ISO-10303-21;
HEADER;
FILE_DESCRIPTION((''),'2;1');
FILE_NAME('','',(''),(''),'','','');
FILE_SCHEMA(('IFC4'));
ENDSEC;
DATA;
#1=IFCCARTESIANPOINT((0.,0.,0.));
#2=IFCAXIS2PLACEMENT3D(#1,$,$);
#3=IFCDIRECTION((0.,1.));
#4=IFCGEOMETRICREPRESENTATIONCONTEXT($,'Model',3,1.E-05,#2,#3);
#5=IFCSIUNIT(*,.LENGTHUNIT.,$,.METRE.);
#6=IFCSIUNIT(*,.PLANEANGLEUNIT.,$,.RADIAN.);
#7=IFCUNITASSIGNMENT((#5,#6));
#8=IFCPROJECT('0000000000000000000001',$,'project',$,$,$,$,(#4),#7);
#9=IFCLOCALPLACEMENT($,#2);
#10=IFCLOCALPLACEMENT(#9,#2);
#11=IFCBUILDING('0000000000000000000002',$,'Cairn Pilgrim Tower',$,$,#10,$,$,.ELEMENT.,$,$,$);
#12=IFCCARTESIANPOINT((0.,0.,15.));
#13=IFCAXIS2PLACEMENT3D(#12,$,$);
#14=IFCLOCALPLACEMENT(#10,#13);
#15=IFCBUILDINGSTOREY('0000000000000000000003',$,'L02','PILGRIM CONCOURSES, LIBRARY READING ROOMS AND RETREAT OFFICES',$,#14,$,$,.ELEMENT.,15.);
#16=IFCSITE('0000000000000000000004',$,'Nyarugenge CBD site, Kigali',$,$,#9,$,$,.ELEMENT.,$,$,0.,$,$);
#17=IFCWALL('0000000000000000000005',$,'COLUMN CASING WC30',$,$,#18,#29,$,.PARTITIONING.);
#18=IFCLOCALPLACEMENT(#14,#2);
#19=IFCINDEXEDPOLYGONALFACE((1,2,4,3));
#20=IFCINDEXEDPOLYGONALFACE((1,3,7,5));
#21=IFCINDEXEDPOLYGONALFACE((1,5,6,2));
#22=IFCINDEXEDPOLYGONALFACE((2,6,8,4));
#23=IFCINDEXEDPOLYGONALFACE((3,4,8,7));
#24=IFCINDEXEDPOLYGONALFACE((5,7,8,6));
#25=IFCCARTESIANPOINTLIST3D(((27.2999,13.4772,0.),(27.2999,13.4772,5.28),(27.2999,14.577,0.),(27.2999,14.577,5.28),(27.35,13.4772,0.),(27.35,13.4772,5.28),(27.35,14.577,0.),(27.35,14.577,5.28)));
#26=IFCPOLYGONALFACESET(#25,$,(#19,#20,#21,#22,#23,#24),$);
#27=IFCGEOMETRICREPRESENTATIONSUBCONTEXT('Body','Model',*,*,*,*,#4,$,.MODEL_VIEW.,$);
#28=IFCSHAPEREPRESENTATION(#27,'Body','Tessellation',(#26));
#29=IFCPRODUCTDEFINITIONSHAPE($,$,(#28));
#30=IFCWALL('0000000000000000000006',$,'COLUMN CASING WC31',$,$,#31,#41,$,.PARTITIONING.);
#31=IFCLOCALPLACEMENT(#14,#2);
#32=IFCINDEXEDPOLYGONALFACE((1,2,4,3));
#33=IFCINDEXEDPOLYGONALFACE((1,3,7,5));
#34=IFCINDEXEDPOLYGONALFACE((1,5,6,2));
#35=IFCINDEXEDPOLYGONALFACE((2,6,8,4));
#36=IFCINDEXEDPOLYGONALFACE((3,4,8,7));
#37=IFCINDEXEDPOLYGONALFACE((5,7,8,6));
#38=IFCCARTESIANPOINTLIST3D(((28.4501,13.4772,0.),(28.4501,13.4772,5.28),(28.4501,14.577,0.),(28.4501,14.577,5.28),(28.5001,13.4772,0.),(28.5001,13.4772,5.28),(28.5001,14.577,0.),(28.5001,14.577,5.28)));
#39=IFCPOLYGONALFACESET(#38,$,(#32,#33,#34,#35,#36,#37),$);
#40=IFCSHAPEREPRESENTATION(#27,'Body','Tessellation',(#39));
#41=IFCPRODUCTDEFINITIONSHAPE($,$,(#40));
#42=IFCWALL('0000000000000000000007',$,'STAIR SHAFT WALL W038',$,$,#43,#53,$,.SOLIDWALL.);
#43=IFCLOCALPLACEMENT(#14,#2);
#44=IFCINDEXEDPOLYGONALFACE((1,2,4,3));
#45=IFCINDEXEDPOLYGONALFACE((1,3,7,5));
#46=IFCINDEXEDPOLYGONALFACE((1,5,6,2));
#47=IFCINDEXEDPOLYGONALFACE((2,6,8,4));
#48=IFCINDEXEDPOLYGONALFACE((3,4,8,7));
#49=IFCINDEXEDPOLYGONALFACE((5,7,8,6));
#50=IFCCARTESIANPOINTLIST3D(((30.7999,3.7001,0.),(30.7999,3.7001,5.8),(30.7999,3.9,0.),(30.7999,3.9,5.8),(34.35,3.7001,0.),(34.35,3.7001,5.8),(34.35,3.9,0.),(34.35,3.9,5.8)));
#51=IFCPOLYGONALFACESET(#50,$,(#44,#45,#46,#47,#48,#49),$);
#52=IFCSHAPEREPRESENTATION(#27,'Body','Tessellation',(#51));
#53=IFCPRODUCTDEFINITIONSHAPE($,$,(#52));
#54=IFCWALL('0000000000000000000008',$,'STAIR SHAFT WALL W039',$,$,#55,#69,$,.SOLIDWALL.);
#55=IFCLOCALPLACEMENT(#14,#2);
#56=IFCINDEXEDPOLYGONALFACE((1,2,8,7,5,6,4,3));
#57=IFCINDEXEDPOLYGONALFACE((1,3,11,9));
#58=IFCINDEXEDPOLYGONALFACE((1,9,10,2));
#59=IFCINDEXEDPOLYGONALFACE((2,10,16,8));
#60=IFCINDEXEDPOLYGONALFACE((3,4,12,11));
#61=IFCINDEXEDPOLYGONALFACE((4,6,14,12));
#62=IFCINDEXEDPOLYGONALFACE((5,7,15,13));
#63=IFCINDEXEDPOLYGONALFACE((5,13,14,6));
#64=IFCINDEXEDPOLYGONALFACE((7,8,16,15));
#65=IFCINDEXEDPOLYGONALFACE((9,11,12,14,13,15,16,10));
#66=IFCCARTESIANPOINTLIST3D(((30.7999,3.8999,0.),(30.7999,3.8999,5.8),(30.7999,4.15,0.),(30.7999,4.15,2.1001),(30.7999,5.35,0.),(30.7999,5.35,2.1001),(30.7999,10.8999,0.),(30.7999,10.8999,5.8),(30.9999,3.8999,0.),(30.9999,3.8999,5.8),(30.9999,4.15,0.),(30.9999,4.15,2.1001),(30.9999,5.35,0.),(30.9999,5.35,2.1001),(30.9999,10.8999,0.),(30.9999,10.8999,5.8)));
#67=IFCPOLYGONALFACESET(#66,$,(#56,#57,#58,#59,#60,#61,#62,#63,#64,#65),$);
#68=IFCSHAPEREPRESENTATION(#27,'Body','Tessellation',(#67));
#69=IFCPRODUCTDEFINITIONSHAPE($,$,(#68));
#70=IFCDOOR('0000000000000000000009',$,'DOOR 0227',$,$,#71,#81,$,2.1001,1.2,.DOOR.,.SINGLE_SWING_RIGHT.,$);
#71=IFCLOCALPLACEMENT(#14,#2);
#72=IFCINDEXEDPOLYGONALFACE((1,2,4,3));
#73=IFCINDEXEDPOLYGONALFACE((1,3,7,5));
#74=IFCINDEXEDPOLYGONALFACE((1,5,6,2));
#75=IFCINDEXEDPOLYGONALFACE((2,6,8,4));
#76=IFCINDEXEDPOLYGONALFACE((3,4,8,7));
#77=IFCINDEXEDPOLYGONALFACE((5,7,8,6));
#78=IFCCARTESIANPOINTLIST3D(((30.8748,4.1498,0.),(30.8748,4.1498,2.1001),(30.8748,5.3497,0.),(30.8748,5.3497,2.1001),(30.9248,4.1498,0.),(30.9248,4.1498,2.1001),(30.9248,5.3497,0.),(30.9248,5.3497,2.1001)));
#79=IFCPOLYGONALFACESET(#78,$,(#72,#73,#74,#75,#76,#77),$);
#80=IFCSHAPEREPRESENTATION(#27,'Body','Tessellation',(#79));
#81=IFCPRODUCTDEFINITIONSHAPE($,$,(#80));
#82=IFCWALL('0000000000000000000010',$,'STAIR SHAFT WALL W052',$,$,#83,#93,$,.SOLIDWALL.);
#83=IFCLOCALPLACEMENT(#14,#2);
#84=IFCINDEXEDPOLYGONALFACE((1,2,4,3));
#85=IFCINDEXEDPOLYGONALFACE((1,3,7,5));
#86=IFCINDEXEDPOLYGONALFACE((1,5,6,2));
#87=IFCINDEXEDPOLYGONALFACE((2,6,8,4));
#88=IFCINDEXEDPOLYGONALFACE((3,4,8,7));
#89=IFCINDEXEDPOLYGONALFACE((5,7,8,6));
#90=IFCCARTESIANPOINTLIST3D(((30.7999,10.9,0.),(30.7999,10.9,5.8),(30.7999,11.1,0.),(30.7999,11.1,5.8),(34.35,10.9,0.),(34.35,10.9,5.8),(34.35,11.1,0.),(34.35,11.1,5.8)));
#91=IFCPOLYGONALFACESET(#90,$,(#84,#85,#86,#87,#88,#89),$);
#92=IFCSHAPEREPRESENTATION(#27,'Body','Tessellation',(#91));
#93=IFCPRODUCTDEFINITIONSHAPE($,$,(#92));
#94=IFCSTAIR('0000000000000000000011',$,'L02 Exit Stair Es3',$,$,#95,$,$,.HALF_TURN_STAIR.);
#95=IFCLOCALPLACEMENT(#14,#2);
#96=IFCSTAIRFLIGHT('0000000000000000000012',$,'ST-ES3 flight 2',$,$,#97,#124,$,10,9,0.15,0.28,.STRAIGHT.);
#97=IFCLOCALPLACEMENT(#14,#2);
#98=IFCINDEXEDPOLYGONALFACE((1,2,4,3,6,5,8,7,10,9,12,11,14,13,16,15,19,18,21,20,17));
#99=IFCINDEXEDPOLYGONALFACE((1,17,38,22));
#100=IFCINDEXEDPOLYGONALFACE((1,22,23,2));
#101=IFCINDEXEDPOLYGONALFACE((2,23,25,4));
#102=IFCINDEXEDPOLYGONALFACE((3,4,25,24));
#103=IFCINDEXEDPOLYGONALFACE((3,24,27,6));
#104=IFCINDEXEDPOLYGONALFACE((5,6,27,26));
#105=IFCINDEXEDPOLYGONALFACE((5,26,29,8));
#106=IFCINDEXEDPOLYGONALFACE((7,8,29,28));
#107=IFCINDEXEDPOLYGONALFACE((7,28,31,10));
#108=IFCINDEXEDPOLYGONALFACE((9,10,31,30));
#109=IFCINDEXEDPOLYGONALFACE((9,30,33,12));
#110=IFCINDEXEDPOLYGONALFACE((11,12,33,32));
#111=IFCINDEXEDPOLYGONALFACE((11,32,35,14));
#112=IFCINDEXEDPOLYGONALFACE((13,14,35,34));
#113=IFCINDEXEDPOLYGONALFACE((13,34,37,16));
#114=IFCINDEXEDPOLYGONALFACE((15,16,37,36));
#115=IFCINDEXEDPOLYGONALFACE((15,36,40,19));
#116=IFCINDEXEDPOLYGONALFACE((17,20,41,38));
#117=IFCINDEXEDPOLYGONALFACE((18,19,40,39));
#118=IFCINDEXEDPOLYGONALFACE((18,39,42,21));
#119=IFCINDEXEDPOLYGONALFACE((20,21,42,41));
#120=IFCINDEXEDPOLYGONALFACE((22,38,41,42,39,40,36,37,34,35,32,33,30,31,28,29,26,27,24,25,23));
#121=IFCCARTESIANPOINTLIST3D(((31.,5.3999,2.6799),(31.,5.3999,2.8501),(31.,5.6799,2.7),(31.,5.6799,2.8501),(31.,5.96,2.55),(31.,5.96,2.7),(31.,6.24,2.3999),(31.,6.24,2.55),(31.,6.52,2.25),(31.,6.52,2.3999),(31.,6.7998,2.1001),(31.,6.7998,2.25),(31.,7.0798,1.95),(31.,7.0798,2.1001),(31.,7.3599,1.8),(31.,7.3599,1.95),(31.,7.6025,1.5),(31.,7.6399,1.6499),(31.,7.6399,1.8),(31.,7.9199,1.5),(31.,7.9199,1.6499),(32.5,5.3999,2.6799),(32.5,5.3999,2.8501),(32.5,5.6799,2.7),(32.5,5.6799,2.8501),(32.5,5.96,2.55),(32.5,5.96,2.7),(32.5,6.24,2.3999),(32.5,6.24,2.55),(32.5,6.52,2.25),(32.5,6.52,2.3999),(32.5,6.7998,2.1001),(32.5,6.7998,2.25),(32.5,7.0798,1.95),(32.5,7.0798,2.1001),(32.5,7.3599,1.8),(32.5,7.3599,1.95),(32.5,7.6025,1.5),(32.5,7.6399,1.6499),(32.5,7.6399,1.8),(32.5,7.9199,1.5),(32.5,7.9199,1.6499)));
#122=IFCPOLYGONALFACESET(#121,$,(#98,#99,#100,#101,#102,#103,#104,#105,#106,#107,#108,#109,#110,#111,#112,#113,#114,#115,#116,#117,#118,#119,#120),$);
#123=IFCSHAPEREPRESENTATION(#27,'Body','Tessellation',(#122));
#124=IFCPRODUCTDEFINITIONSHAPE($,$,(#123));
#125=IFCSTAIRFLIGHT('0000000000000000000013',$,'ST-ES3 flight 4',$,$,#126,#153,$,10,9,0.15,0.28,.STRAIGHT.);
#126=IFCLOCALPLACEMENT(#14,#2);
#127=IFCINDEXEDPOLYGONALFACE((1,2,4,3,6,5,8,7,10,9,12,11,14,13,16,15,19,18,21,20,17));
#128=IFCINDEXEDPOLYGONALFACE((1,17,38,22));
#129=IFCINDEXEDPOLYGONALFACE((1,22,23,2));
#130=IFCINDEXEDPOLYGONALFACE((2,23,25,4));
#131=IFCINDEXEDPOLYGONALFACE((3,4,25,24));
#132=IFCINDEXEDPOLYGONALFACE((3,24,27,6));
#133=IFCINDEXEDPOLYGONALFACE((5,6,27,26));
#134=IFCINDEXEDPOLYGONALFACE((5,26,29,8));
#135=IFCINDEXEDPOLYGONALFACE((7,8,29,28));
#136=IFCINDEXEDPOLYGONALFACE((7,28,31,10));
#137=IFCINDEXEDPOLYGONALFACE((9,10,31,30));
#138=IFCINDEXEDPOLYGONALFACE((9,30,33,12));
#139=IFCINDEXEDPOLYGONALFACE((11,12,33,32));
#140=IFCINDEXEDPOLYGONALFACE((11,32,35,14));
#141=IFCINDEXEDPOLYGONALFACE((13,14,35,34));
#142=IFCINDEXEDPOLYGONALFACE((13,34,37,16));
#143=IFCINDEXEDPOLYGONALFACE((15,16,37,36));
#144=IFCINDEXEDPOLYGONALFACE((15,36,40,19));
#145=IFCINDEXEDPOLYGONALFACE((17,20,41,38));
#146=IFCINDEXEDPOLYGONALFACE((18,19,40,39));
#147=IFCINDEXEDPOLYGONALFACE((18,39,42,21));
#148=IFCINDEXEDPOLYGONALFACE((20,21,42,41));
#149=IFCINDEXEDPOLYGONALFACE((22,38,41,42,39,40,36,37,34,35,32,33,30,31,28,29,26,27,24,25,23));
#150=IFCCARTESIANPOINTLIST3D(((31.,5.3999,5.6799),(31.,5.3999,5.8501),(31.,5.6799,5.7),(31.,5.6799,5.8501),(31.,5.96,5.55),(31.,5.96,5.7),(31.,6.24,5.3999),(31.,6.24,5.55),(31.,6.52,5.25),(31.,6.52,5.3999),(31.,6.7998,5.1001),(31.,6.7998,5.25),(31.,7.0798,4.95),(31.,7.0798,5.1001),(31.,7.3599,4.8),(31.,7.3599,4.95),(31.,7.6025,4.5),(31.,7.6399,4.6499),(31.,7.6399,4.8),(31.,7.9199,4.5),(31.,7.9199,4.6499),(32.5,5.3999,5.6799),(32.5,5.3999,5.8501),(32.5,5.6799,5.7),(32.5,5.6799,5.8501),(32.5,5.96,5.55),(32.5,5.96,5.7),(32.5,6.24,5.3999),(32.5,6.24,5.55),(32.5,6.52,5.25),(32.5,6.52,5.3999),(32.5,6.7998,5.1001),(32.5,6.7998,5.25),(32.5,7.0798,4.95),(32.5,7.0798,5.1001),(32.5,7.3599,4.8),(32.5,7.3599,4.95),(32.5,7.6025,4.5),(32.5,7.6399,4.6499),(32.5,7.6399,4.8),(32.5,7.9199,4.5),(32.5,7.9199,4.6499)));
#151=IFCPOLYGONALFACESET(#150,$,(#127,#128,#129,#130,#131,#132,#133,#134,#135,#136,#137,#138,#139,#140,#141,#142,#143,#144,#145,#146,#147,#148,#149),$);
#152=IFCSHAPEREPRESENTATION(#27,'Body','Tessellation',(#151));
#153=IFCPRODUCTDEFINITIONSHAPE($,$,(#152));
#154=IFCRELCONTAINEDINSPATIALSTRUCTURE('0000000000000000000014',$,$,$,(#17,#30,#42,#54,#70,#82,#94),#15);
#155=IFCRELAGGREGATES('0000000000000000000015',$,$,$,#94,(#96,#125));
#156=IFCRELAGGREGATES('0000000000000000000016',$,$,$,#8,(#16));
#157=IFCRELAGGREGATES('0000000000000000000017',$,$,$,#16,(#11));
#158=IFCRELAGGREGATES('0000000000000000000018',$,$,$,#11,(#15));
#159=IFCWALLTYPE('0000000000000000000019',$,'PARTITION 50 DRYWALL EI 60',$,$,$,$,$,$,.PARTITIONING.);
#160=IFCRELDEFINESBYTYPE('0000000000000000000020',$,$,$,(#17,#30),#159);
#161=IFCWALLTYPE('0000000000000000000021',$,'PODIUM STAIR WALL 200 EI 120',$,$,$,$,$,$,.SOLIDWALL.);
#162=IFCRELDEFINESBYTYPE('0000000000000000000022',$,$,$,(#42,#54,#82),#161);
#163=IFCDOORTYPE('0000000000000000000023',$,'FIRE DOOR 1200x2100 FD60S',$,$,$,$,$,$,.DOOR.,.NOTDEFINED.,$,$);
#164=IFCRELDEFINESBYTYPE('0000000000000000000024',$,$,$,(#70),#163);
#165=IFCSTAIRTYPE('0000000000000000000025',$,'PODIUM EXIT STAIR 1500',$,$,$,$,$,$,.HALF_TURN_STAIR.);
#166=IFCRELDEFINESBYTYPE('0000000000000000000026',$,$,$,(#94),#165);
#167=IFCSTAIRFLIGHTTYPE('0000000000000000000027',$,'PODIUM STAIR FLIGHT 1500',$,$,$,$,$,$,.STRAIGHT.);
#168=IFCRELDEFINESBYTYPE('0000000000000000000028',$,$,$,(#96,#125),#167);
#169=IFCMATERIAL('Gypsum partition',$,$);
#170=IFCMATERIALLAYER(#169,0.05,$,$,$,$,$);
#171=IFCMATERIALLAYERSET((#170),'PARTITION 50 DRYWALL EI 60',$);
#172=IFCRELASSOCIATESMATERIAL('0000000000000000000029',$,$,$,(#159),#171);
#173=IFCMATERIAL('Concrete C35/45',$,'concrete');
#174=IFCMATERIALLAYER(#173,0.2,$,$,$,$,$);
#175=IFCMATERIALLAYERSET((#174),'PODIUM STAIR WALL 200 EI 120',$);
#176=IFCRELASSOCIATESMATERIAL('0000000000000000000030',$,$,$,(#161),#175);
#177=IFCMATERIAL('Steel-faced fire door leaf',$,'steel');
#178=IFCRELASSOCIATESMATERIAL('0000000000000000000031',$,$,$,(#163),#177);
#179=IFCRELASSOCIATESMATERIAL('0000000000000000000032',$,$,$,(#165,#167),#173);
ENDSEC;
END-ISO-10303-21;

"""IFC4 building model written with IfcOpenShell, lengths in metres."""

from ifc_helpers import new_model, si_unit, direction, frame, frame_2d, origin, place, context, subcontext, project, spatial, polyline, rectangle, outline, extrude, material, layer, layer_set, type_object, element, fill, aggregate, save


model = new_model("IFC4")

# Units and contexts
model_context = context("Model", 3, precision=1e-05, world=origin(), true_north=direction((0.0, 1.0)))
body_context = subcontext(model_context, "Body", "Model", "MODEL_VIEW")
ifc_project = project(units=[si_unit("LENGTHUNIT", "METRE"), si_unit("PLANEANGLEUNIT", "RADIAN")], contexts=[model_context])

# Site, building, storey
site_placement = place(None, origin())
site = spatial("IfcSite", under=ifc_project, at=site_placement, Name="Nyarugenge CBD site, Kigali", CompositionType="ELEMENT", RefElevation=0.0)
building_placement = place(site_placement, origin())
building = spatial("IfcBuilding", under=site, at=building_placement, Name="Cairn Pilgrim Tower", CompositionType="ELEMENT")
storey_placement = place(building_placement, frame((0.0, 0.0, 15.0)))
storey = spatial("IfcBuildingStorey", under=building, at=storey_placement, Name="L02", Description="PILGRIM CONCOURSES, LIBRARY READING ROOMS AND RETREAT OFFICES", CompositionType="ELEMENT", Elevation=15.0)

# Walls
ifc_material_1 = material(Name="Gypsum partition")
ifc_layer_1 = layer(ifc_material_1, 0.05)
ifc_layer_set_1 = layer_set([ifc_layer_1], Name="PARTITION 50 DRYWALL EI 60")
wall_type_1 = type_object("IfcWallType", Name="PARTITION 50 DRYWALL EI 60", PredefinedType="PARTITIONING", material=ifc_layer_set_1)
for number, where, z_axis, x_axis, name in (
    (1, (27.325, 13.4773, 0.0), (0.0, 0.0, 1.0), (0.0, 1.0, 0.0), "COLUMN CASING WC30"),
    (2, (28.4751, 13.4773, 0.0), (0.0, 0.0, 1.0), (0.0, 1.0, 0.0), "COLUMN CASING WC31"),
):
    element("IfcWall", number, at=place(storey_placement, frame(where, z_axis=z_axis, x_axis=x_axis)), inside=storey, type_object=wall_type_1, Name=name, PredefinedType="PARTITIONING", context=body_context, shape_type="SweptSolid", body=[
        extrude(rectangle(XDim=1.0999, YDim=0.05, at=frame_2d((0.5498, 0.0))), origin(), (0.0, 0.0, 1.0), 5.28),
    ])
ifc_material_2 = material(Name="Concrete C35/45", Category="concrete")
ifc_layer_2 = layer(ifc_material_2, 0.2)
ifc_layer_set_2 = layer_set([ifc_layer_2], Name="PODIUM STAIR WALL 200 EI 120")
wall_type_2 = type_object("IfcWallType", Name="PODIUM STAIR WALL 200 EI 120", PredefinedType="SOLIDWALL", material=ifc_layer_set_2)
wall_1_placement = place(storey_placement, frame((30.8, 3.8, 0.0), z_axis=(0.0, 0.0, 1.0), x_axis=(1.0, 0.0, 0.0)))
element("IfcWall", 3, at=wall_1_placement, inside=storey, type_object=wall_type_2, Name="STAIR SHAFT WALL W038", PredefinedType="SOLIDWALL", context=body_context, shape_type="SweptSolid", body=[
    extrude(rectangle(XDim=3.55, YDim=0.2, at=frame_2d((1.7749, 0.0))), origin(), (0.0, 0.0, 1.0), 5.8),
])

# Wall, opening, door
wall_2_placement = place(storey_placement, frame((30.8999, 3.8999, 0.0), z_axis=(0.0, 0.0, 1.0), x_axis=(0.0, 1.0, 0.0)))
wall_2 = element("IfcWall", 4, at=wall_2_placement, inside=storey, type_object=wall_type_2, Name="STAIR SHAFT WALL W039", PredefinedType="SOLIDWALL", context=body_context, shape_type="SweptSolid", body=[
    extrude(rectangle(XDim=7.0, YDim=0.2, at=frame_2d((3.5, 0.0))), origin(), (0.0, 0.0, 1.0), 5.8),
])
opening_placement = place(wall_2_placement, frame((0.25, 0.0, 0.0)))
opening = element("IfcOpeningElement", 5, at=opening_placement, cuts=wall_2, PredefinedType="OPENING", context=body_context, shape_type="SweptSolid", body=[
    extrude(rectangle(XDim=1.2, YDim=2.1001, at=frame_2d((0.6001, 1.05))), frame((0.0, 0.1099, 0.0), z_axis=(0.0, -1.0, 0.0), x_axis=(1.0, 0.0, 0.0)), (0.0, 0.0, 1.0), 0.22),
])
ifc_material_3 = material(Name="Steel-faced fire door leaf", Category="steel")
door_type = type_object("IfcDoorType", Name="FIRE DOOR 1200x2100 FD60S", OperationType="NOTDEFINED", PredefinedType="DOOR", material=ifc_material_3)
door_placement = place(opening_placement, frame((1.2, 0.0, 0.0), z_axis=(0.0, 0.0, 1.0), x_axis=(-1.0, 0.0, 0.0)))
door = element("IfcDoor", 6, at=door_placement, inside=storey, type_object=door_type, Name="DOOR 0227", OperationType="SINGLE_SWING_RIGHT", OverallHeight=2.1001, OverallWidth=1.2, PredefinedType="DOOR", context=body_context, shape_type="SweptSolid", body=[
    extrude(rectangle(XDim=1.2, YDim=2.1001, at=frame_2d((0.6001, 1.05))), frame((0.0, 0.0249, 0.0), z_axis=(0.0, -1.0, 0.0), x_axis=(1.0, 0.0, 0.0)), (0.0, 0.0, 1.0), 0.05),
])
fill(opening, door)

# Wall
wall_3_placement = place(storey_placement, frame((30.8, 11.0, 0.0), z_axis=(0.0, 0.0, 1.0), x_axis=(1.0, 0.0, 0.0)))
element("IfcWall", 7, at=wall_3_placement, inside=storey, type_object=wall_type_2, Name="STAIR SHAFT WALL W052", PredefinedType="SOLIDWALL", context=body_context, shape_type="SweptSolid", body=[
    extrude(rectangle(XDim=3.55, YDim=0.2, at=frame_2d((1.7749, 0.0))), origin(), (0.0, 0.0, 1.0), 5.8),
])

# Stair, stair flights
stair_type = type_object("IfcStairType", Name="PODIUM EXIT STAIR 1500", PredefinedType="HALF_TURN_STAIR", material=ifc_material_2)
stair_placement = place(storey_placement, origin())
stair = element("IfcStair", 8, at=stair_placement, inside=storey, type_object=stair_type, Name="L02 Exit Stair Es3", PredefinedType="HALF_TURN_STAIR")
stair_flight_type = type_object("IfcStairFlightType", Name="PODIUM STAIR FLIGHT 1500", PredefinedType="STRAIGHT", material=ifc_material_2)
stair_flight_1_placement = place(storey_placement, frame((31.75, 7.9199, 1.5), z_axis=(0.0, 0.0, 1.0), x_axis=(0.0, -1.0, 0.0)))
stair_flight_1 = element("IfcStairFlight", 9, at=stair_flight_1_placement, type_object=stair_flight_type, Name="ST-ES3 flight 2", NumberOfRisers=10, NumberOfTreads=9, PredefinedType="STRAIGHT", RiserHeight=0.15, TreadLength=0.28, context=body_context, shape_type="SweptSolid", body=[
    extrude(outline(polyline([(0.0, 0.0), (0.0, 0.1499), (0.28, 0.1499), (0.28, 0.3), (0.5601, 0.3), (0.5601, 0.45), (0.8401, 0.45), (0.8401, 0.6001), (1.1201, 0.6001), (1.1201, 0.75), (1.3999, 0.75), (1.3999, 0.8999), (1.6799, 0.8999), (1.6799, 1.05), (1.96, 1.05), (1.96, 1.2), (2.24, 1.2), (2.24, 1.3501), (2.52, 1.3501), (2.52, 1.5), (2.52, 1.1799), (0.3174, 0.0), (0.0, 0.0)])), frame((0.0, 0.75, 0.0), z_axis=(0.0, -1.0, 0.0), x_axis=(1.0, 0.0, 0.0)), (0.0, 0.0, 1.0), 1.5),
])
stair_flight_2_placement = place(storey_placement, frame((31.75, 7.9199, 4.5), z_axis=(0.0, 0.0, 1.0), x_axis=(0.0, -1.0, 0.0)))
stair_flight_2 = element("IfcStairFlight", 10, at=stair_flight_2_placement, type_object=stair_flight_type, Name="ST-ES3 flight 4", NumberOfRisers=10, NumberOfTreads=9, PredefinedType="STRAIGHT", RiserHeight=0.15, TreadLength=0.28, context=body_context, shape_type="SweptSolid", body=[
    extrude(outline(polyline([(0.0, 0.0), (0.0, 0.1499), (0.28, 0.1499), (0.28, 0.3), (0.5601, 0.3), (0.5601, 0.45), (0.8401, 0.45), (0.8401, 0.6001), (1.1201, 0.6001), (1.1201, 0.75), (1.3999, 0.75), (1.3999, 0.8999), (1.6799, 0.8999), (1.6799, 1.05), (1.96, 1.05), (1.96, 1.2), (2.24, 1.2), (2.24, 1.3501), (2.52, 1.3501), (2.52, 1.5), (2.52, 1.1799), (0.3174, 0.0), (0.0, 0.0)])), frame((0.0, 0.75, 0.0), z_axis=(0.0, -1.0, 0.0), x_axis=(1.0, 0.0, 0.0)), (0.0, 0.0, 1.0), 1.5),
])
aggregate(stair, [stair_flight_1, stair_flight_2])

save(model, "model.ifc")
